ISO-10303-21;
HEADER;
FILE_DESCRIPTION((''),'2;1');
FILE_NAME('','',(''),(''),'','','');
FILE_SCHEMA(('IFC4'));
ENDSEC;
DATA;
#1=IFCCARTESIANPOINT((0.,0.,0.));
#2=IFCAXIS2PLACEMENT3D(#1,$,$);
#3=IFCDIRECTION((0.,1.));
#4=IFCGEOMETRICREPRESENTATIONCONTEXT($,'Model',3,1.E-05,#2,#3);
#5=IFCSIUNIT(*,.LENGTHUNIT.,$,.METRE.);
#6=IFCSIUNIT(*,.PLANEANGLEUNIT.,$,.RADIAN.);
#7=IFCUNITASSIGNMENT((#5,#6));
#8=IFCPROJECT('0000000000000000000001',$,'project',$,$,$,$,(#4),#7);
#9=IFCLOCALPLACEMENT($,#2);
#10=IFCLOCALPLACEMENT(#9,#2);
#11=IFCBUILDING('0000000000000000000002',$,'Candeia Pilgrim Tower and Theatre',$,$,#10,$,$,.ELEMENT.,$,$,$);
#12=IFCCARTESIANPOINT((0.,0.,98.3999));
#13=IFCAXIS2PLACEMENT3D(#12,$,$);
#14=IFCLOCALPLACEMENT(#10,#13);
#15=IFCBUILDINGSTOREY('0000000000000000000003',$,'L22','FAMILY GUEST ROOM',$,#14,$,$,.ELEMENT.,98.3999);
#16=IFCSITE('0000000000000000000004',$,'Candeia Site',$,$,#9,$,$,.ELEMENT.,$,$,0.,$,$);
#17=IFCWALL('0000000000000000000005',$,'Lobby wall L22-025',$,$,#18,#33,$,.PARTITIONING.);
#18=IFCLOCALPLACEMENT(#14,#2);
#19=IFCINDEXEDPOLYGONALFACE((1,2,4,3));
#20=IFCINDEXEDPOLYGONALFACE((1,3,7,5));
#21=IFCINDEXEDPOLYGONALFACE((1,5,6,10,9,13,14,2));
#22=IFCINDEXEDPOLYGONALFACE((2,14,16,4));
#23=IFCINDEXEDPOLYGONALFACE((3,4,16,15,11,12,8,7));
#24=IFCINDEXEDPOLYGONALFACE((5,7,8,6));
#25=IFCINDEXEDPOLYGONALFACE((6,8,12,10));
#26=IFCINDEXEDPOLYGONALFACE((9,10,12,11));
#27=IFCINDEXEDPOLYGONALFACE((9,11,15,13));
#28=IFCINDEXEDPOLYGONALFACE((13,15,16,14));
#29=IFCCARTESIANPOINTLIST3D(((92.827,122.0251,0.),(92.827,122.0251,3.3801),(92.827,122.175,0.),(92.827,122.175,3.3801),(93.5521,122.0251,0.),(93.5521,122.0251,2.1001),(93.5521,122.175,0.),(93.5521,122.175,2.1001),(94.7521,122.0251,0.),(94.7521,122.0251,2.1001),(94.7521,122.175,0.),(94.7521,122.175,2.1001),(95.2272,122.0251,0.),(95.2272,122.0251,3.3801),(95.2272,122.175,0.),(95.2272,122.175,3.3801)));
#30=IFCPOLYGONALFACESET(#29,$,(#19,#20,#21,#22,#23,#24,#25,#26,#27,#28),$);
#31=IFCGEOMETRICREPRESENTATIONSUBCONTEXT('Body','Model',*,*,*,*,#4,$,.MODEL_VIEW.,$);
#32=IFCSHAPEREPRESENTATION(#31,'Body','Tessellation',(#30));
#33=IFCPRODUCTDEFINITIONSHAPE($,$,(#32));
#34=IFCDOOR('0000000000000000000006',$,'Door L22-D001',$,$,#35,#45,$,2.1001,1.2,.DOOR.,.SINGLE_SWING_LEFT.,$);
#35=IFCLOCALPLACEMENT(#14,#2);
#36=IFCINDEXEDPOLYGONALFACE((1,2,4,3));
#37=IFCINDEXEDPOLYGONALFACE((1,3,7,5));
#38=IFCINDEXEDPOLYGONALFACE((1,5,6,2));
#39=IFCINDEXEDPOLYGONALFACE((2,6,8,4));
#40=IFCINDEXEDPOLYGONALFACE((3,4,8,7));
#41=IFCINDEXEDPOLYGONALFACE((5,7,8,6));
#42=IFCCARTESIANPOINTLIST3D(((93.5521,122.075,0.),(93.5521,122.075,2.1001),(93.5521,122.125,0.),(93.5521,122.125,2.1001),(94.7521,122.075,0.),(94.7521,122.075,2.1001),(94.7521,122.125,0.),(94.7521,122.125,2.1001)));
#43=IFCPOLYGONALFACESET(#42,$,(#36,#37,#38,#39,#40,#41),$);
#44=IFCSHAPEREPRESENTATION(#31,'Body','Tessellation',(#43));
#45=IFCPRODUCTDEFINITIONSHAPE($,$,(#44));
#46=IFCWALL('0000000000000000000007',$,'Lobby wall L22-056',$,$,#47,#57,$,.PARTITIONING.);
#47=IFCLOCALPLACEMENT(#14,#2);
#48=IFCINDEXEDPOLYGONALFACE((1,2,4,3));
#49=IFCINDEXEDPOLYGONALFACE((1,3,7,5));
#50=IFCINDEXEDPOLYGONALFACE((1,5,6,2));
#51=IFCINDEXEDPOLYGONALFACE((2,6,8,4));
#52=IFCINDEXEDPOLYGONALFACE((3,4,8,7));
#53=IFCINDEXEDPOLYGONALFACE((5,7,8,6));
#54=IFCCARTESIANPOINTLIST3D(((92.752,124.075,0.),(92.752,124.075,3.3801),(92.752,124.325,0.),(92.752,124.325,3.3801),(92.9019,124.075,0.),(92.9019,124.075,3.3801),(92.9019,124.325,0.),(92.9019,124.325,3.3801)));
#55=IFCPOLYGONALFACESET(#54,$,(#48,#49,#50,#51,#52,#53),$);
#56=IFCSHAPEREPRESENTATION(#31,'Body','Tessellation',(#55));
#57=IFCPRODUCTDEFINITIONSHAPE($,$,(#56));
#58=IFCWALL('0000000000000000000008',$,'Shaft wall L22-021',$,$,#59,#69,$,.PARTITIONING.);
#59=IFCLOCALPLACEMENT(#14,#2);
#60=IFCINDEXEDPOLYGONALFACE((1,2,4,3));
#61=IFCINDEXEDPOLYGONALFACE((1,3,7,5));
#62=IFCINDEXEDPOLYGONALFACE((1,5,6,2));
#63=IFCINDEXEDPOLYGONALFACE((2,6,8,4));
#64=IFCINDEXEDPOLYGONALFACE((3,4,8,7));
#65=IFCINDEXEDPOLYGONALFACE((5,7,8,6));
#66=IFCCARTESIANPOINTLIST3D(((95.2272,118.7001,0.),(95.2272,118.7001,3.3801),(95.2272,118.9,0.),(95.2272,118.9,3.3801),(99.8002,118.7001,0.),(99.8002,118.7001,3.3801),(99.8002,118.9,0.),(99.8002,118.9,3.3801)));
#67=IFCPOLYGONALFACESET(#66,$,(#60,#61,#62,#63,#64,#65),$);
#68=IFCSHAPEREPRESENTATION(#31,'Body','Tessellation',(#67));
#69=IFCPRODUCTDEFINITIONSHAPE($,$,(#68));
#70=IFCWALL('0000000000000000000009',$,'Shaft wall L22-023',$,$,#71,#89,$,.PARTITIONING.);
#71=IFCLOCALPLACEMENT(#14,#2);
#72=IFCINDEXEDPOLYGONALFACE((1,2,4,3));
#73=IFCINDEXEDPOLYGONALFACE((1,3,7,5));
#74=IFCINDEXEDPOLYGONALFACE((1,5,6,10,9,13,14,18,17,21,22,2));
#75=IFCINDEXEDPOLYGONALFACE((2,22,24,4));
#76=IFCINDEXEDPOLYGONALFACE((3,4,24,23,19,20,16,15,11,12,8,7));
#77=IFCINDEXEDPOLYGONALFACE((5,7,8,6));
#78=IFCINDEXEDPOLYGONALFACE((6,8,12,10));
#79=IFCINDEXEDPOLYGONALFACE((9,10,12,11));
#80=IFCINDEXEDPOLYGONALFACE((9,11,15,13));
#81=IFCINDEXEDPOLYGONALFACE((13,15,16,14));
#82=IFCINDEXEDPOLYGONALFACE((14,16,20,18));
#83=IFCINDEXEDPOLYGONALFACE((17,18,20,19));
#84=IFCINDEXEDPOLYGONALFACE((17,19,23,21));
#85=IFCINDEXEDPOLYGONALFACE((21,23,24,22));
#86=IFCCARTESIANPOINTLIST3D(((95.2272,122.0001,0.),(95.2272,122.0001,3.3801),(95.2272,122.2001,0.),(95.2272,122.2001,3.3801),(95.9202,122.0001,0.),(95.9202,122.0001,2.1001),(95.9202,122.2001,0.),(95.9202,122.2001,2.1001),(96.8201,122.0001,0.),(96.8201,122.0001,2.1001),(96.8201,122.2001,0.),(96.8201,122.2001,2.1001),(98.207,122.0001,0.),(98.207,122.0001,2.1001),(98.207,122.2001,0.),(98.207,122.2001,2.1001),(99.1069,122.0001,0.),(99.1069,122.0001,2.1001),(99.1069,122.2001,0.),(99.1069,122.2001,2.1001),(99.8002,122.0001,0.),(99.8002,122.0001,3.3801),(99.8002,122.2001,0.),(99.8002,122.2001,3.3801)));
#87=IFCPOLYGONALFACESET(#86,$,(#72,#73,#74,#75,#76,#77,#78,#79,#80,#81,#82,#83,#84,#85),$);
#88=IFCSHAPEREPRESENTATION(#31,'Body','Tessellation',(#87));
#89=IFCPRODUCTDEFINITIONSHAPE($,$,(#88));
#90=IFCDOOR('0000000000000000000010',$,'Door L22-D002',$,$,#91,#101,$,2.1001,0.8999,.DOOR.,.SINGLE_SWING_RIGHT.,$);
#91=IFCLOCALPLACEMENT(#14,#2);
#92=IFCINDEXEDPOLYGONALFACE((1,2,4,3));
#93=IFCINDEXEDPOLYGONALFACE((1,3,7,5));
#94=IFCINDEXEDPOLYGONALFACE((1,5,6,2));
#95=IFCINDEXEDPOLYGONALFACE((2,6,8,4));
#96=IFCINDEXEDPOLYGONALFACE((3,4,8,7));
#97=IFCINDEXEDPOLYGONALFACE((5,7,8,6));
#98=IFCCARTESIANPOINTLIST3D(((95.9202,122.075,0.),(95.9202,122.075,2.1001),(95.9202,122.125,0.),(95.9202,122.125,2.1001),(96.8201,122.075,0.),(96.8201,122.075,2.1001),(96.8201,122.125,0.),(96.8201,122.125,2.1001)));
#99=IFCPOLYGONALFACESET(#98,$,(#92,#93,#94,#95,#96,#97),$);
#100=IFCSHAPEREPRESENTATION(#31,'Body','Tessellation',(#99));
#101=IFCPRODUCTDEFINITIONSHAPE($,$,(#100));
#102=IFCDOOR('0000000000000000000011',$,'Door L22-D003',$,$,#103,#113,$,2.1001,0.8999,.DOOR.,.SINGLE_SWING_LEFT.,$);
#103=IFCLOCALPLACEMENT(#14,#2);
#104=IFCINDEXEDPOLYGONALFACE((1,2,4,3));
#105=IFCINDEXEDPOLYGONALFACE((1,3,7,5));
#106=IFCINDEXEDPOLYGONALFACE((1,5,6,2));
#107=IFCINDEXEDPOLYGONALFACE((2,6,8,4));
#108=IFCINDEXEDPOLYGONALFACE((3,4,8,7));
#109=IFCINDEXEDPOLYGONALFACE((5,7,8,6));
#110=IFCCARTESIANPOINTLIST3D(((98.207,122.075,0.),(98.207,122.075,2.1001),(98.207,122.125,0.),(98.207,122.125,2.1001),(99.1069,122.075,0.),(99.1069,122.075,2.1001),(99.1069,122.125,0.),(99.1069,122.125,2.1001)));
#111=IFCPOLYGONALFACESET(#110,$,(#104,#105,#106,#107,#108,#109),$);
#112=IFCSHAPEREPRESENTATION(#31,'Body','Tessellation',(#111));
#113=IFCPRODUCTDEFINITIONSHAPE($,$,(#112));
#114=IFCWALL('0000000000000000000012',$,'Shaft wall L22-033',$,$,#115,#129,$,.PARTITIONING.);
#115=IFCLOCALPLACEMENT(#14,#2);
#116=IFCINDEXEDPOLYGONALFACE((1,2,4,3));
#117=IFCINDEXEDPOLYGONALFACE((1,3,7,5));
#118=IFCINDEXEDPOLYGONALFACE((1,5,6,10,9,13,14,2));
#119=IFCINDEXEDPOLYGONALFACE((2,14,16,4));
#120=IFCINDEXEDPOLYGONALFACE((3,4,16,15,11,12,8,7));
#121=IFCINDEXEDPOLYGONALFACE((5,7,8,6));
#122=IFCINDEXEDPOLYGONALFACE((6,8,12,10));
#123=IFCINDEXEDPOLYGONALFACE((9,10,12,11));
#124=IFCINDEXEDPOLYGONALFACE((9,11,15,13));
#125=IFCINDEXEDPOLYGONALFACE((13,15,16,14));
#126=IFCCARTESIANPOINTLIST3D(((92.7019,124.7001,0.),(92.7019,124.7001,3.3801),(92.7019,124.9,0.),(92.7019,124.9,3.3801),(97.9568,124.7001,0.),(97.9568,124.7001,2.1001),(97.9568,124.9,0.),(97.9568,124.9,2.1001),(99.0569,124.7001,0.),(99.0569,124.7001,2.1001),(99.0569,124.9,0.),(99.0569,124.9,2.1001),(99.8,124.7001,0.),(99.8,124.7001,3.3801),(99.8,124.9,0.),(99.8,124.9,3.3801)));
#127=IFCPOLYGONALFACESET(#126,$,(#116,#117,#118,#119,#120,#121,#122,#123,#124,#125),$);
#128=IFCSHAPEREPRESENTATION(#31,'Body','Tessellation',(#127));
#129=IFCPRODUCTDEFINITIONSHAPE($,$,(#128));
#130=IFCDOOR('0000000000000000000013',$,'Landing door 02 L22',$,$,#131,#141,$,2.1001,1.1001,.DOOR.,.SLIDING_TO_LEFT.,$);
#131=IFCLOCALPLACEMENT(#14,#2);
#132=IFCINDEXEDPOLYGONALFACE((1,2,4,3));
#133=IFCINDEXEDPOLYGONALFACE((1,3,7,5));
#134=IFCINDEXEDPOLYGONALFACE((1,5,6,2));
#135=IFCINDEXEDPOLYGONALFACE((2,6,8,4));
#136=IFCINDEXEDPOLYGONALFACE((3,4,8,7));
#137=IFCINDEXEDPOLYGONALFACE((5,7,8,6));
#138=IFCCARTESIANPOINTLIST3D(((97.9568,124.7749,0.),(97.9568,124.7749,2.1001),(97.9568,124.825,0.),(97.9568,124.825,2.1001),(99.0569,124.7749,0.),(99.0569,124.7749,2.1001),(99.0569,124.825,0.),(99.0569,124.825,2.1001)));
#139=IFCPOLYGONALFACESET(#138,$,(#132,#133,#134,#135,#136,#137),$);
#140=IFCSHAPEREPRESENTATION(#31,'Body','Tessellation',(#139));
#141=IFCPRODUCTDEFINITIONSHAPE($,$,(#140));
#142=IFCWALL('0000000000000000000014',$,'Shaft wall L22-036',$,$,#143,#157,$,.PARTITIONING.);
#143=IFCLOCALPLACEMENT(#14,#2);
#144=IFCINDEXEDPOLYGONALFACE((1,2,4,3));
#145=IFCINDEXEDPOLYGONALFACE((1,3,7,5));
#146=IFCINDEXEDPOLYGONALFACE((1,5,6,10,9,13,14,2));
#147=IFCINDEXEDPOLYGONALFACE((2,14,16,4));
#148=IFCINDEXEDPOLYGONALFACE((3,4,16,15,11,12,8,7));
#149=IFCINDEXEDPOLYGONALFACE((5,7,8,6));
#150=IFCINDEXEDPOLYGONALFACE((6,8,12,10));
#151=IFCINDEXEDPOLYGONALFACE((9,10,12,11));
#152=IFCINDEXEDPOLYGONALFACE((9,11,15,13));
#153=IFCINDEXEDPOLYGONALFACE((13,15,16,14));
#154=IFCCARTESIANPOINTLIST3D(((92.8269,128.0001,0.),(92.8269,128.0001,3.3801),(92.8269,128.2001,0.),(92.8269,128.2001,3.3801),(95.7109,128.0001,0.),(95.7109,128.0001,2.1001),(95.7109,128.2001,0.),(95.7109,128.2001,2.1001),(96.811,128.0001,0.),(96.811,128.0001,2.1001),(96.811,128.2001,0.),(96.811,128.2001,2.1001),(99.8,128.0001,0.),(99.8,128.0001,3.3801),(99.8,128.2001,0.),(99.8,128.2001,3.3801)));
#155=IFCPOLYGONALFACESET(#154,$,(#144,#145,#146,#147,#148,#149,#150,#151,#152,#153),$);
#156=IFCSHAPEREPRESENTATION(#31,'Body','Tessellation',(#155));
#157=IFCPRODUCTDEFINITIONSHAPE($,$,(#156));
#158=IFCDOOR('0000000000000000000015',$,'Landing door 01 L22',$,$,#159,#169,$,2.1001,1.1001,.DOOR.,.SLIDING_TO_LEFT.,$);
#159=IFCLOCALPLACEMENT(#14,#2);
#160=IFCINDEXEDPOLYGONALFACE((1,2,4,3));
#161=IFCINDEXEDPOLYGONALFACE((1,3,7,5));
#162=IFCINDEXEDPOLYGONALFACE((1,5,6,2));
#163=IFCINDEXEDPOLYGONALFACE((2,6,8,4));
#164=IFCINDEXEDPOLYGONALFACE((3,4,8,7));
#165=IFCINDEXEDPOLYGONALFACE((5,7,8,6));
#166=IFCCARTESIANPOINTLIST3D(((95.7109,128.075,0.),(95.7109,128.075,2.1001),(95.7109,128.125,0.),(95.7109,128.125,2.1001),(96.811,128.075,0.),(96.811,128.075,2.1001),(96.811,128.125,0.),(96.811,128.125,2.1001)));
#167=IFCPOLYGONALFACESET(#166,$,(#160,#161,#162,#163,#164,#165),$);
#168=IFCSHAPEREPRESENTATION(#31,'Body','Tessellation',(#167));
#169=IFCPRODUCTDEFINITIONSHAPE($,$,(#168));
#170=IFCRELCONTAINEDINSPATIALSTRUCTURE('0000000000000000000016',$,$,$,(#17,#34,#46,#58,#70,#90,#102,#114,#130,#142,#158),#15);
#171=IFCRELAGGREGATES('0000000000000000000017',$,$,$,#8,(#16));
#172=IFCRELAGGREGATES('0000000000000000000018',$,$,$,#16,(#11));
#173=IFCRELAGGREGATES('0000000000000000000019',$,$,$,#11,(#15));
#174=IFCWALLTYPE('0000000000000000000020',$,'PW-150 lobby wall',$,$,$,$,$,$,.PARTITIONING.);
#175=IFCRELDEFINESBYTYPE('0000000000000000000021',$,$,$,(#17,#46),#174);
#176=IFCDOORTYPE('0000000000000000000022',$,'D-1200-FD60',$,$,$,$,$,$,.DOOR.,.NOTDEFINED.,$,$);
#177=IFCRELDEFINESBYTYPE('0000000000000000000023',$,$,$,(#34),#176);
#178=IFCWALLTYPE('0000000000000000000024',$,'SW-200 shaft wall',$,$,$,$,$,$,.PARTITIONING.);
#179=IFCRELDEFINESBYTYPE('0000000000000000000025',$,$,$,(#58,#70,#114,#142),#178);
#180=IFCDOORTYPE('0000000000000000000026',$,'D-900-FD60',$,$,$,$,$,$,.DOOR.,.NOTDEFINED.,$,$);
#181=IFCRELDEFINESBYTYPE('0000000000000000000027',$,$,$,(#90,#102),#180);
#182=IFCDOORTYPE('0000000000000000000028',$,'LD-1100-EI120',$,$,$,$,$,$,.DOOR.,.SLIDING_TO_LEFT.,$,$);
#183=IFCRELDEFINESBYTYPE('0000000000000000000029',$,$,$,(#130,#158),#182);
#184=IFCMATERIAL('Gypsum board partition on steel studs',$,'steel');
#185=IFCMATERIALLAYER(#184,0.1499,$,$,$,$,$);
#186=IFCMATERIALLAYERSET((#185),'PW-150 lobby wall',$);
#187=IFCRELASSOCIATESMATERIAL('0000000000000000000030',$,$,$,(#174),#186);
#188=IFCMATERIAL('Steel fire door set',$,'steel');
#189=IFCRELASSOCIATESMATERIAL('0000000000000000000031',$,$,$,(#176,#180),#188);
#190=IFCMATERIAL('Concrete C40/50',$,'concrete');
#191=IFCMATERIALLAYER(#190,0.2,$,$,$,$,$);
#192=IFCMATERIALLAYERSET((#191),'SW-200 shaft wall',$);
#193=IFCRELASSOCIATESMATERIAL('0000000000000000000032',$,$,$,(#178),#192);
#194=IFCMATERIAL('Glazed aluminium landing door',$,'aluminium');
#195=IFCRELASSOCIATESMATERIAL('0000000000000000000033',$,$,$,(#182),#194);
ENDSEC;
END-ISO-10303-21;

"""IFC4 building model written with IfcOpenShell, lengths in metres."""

from ifc_helpers import new_model, si_unit, direction, frame, frame_2d, origin, place, context, subcontext, project, spatial, rectangle, extrude, material, layer, layer_set, type_object, element, fill, save


model = new_model("IFC4")

# Units and contexts
model_context = context("Model", 3, precision=1e-05, world=origin(), true_north=direction((0.0, 1.0)))
body_context = subcontext(model_context, "Body", "Model", "MODEL_VIEW")
ifc_project = project(units=[si_unit("LENGTHUNIT", "METRE"), si_unit("PLANEANGLEUNIT", "RADIAN")], contexts=[model_context])

# Site, building, storey
site_placement = place(None, origin())
site = spatial("IfcSite", under=ifc_project, at=site_placement, Name="Candeia Site", CompositionType="ELEMENT", RefElevation=0.0)
building_placement = place(site_placement, origin())
building = spatial("IfcBuilding", under=site, at=building_placement, Name="Candeia Pilgrim Tower and Theatre", CompositionType="ELEMENT")
storey_placement = place(building_placement, frame((0.0, 0.0, 98.3999)))
storey = spatial("IfcBuildingStorey", under=building, at=storey_placement, Name="L22", Description="FAMILY GUEST ROOM", CompositionType="ELEMENT", Elevation=98.3999)

# Wall, opening, door
ifc_material_1 = material(Name="Gypsum board partition on steel studs", Category="steel")
ifc_layer_1 = layer(ifc_material_1, 0.1499)
ifc_layer_set_1 = layer_set([ifc_layer_1], Name="PW-150 lobby wall")
wall_type_1 = type_object("IfcWallType", Name="PW-150 lobby wall", PredefinedType="PARTITIONING", material=ifc_layer_set_1)
wall_1_placement = place(storey_placement, frame((92.8269, 122.1001, 0.0), z_axis=(0.0, 0.0, 1.0), x_axis=(1.0, 0.0, 0.0)))
wall_1 = element("IfcWall", 1, at=wall_1_placement, inside=storey, type_object=wall_type_1, Name="Lobby wall L22-025", PredefinedType="PARTITIONING", context=body_context, shape_type="SweptSolid", body=[
    extrude(rectangle(XDim=2.4001, YDim=0.1499, at=frame_2d((1.2002, 0.0))), origin(), (0.0, 0.0, 1.0), 3.3801),
])
opening_1_placement = place(wall_1_placement, frame((0.7251, 0.0, 0.0)))
opening_1 = element("IfcOpeningElement", 2, at=opening_1_placement, cuts=wall_1, PredefinedType="OPENING", context=body_context, shape_type="SweptSolid", body=[
    extrude(rectangle(XDim=1.2, YDim=2.1001, at=frame_2d((0.6001, 1.05))), frame((0.0, 0.085, 0.0), z_axis=(0.0, -1.0, 0.0), x_axis=(1.0, 0.0, 0.0)), (0.0, 0.0, 1.0), 0.1699),
])
ifc_material_2 = material(Name="Steel fire door set", Category="steel")
door_type_1 = type_object("IfcDoorType", Name="D-1200-FD60", OperationType="NOTDEFINED", PredefinedType="DOOR", material=ifc_material_2)
door_1_placement = place(opening_1_placement, origin())
door_1 = element("IfcDoor", 3, at=door_1_placement, inside=storey, type_object=door_type_1, Name="Door L22-D001", OperationType="SINGLE_SWING_LEFT", OverallHeight=2.1001, OverallWidth=1.2, PredefinedType="DOOR", context=body_context, shape_type="SweptSolid", body=[
    extrude(rectangle(XDim=1.2, YDim=2.1001, at=frame_2d((0.6001, 1.05))), frame((0.0, 0.0249, 0.0), z_axis=(0.0, -1.0, 0.0), x_axis=(1.0, 0.0, 0.0)), (0.0, 0.0, 1.0), 0.05),
])
fill(opening_1, door_1)

# Walls
wall_2_placement = place(storey_placement, frame((92.8269, 124.075, 0.0), z_axis=(0.0, 0.0, 1.0), x_axis=(0.0, 1.0, 0.0)))
element("IfcWall", 4, at=wall_2_placement, inside=storey, type_object=wall_type_1, Name="Lobby wall L22-056", PredefinedType="PARTITIONING", context=body_context, shape_type="SweptSolid", body=[
    extrude(rectangle(XDim=0.25, YDim=0.1499, at=frame_2d((0.125, 0.0))), origin(), (0.0, 0.0, 1.0), 3.3801),
])
ifc_material_3 = material(Name="Concrete C40/50", Category="concrete")
ifc_layer_2 = layer(ifc_material_3, 0.2)
ifc_layer_set_2 = layer_set([ifc_layer_2], Name="SW-200 shaft wall")
wall_type_2 = type_object("IfcWallType", Name="SW-200 shaft wall", PredefinedType="PARTITIONING", material=ifc_layer_set_2)
wall_3_placement = place(storey_placement, frame((95.2271, 118.8, 0.0), z_axis=(0.0, 0.0, 1.0), x_axis=(1.0, 0.0, 0.0)))
element("IfcWall", 5, at=wall_3_placement, inside=storey, type_object=wall_type_2, Name="Shaft wall L22-021", PredefinedType="PARTITIONING", context=body_context, shape_type="SweptSolid", body=[
    extrude(rectangle(XDim=4.573, YDim=0.2, at=frame_2d((2.2866, 0.0))), origin(), (0.0, 0.0, 1.0), 3.3801),
])

# Wall, openings, doors
wall_4_placement = place(storey_placement, frame((95.2271, 122.1001, 0.0), z_axis=(0.0, 0.0, 1.0), x_axis=(1.0, 0.0, 0.0)))
wall_4 = element("IfcWall", 6, at=wall_4_placement, inside=storey, type_object=wall_type_2, Name="Shaft wall L22-023", PredefinedType="PARTITIONING", context=body_context, shape_type="SweptSolid", body=[
    extrude(rectangle(XDim=4.573, YDim=0.2, at=frame_2d((2.2866, 0.0))), origin(), (0.0, 0.0, 1.0), 3.3801),
])
opening_2_placement = place(wall_4_placement, frame((0.6931, 0.0, 0.0)))
opening_2 = element("IfcOpeningElement", 7, at=opening_2_placement, cuts=wall_4, PredefinedType="OPENING", context=body_context, shape_type="SweptSolid", body=[
    extrude(rectangle(XDim=0.8999, YDim=2.1001, at=frame_2d((0.45, 1.05))), frame((0.0, 0.1099, 0.0), z_axis=(0.0, -1.0, 0.0), x_axis=(1.0, 0.0, 0.0)), (0.0, 0.0, 1.0), 0.22),
])
opening_3_placement = place(wall_4_placement, frame((2.98, 0.0, 0.0)))
opening_3 = element("IfcOpeningElement", 8, at=opening_3_placement, cuts=wall_4, PredefinedType="OPENING", context=body_context, shape_type="SweptSolid", body=[
    extrude(rectangle(XDim=0.8999, YDim=2.1001, at=frame_2d((0.45, 1.05))), frame((0.0, 0.1099, 0.0), z_axis=(0.0, -1.0, 0.0), x_axis=(1.0, 0.0, 0.0)), (0.0, 0.0, 1.0), 0.22),
])
door_type_2 = type_object("IfcDoorType", Name="D-900-FD60", OperationType="NOTDEFINED", PredefinedType="DOOR", material=ifc_material_2)
door_2_placement = place(opening_2_placement, origin())
door_2 = element("IfcDoor", 9, at=door_2_placement, inside=storey, type_object=door_type_2, Name="Door L22-D002", OperationType="SINGLE_SWING_RIGHT", OverallHeight=2.1001, OverallWidth=0.8999, PredefinedType="DOOR", context=body_context, shape_type="SweptSolid", body=[
    extrude(rectangle(XDim=0.8999, YDim=2.1001, at=frame_2d((0.45, 1.05))), frame((0.0, 0.0249, 0.0), z_axis=(0.0, -1.0, 0.0), x_axis=(1.0, 0.0, 0.0)), (0.0, 0.0, 1.0), 0.05),
])
fill(opening_2, door_2)
door_3_placement = place(opening_3_placement, origin())
door_3 = element("IfcDoor", 10, at=door_3_placement, inside=storey, type_object=door_type_2, Name="Door L22-D003", OperationType="SINGLE_SWING_LEFT", OverallHeight=2.1001, OverallWidth=0.8999, PredefinedType="DOOR", context=body_context, shape_type="SweptSolid", body=[
    extrude(rectangle(XDim=0.8999, YDim=2.1001, at=frame_2d((0.45, 1.05))), frame((0.0, 0.0249, 0.0), z_axis=(0.0, -1.0, 0.0), x_axis=(1.0, 0.0, 0.0)), (0.0, 0.0, 1.0), 0.05),
])
fill(opening_3, door_3)

# Walls, openings, doors
wall_5_placement = place(storey_placement, frame((92.7019, 124.8, 0.0), z_axis=(0.0, 0.0, 1.0), x_axis=(1.0, 0.0, 0.0)))
wall_5 = element("IfcWall", 11, at=wall_5_placement, inside=storey, type_object=wall_type_2, Name="Shaft wall L22-033", PredefinedType="PARTITIONING", context=body_context, shape_type="SweptSolid", body=[
    extrude(rectangle(XDim=7.0981, YDim=0.2, at=frame_2d((3.5491, 0.0))), origin(), (0.0, 0.0, 1.0), 3.3801),
])
opening_4_placement = place(wall_5_placement, frame((5.2549, 0.0, 0.0)))
opening_4 = element("IfcOpeningElement", 12, at=opening_4_placement, cuts=wall_5, PredefinedType="OPENING", context=body_context, shape_type="SweptSolid", body=[
    extrude(rectangle(XDim=1.1001, YDim=2.1001, at=frame_2d((0.55, 1.05))), frame((0.0, 0.1099, 0.0), z_axis=(0.0, -1.0, 0.0), x_axis=(1.0, 0.0, 0.0)), (0.0, 0.0, 1.0), 0.22),
])
ifc_material_4 = material(Name="Glazed aluminium landing door", Category="aluminium")
door_type_3 = type_object("IfcDoorType", Name="LD-1100-EI120", OperationType="SLIDING_TO_LEFT", PredefinedType="DOOR", material=ifc_material_4)
door_4_placement = place(opening_4_placement, origin())
door_4 = element("IfcDoor", 13, at=door_4_placement, inside=storey, type_object=door_type_3, Name="Landing door 02 L22", OperationType="SLIDING_TO_LEFT", OverallHeight=2.1001, OverallWidth=1.1001, PredefinedType="DOOR", context=body_context, shape_type="SweptSolid", body=[
    extrude(rectangle(XDim=1.1001, YDim=2.1001, at=frame_2d((0.55, 1.05))), frame((0.0, 0.0249, 0.0), z_axis=(0.0, -1.0, 0.0), x_axis=(1.0, 0.0, 0.0)), (0.0, 0.0, 1.0), 0.05),
])
fill(opening_4, door_4)
wall_6_placement = place(storey_placement, frame((92.8269, 128.1001, 0.0), z_axis=(0.0, 0.0, 1.0), x_axis=(1.0, 0.0, 0.0)))
wall_6 = element("IfcWall", 14, at=wall_6_placement, inside=storey, type_object=wall_type_2, Name="Shaft wall L22-036", PredefinedType="PARTITIONING", context=body_context, shape_type="SweptSolid", body=[
    extrude(rectangle(XDim=6.9731, YDim=0.2, at=frame_2d((3.4866, 0.0))), origin(), (0.0, 0.0, 1.0), 3.3801),
])
opening_5_placement = place(wall_6_placement, frame((2.884, 0.0, 0.0)))
opening_5 = element("IfcOpeningElement", 15, at=opening_5_placement, cuts=wall_6, PredefinedType="OPENING", context=body_context, shape_type="SweptSolid", body=[
    extrude(rectangle(XDim=1.1001, YDim=2.1001, at=frame_2d((0.55, 1.05))), frame((0.0, 0.1099, 0.0), z_axis=(0.0, -1.0, 0.0), x_axis=(1.0, 0.0, 0.0)), (0.0, 0.0, 1.0), 0.22),
])
door_5_placement = place(opening_5_placement, origin())
door_5 = element("IfcDoor", 16, at=door_5_placement, inside=storey, type_object=door_type_3, Name="Landing door 01 L22", OperationType="SLIDING_TO_LEFT", OverallHeight=2.1001, OverallWidth=1.1001, PredefinedType="DOOR", context=body_context, shape_type="SweptSolid", body=[
    extrude(rectangle(XDim=1.1001, YDim=2.1001, at=frame_2d((0.55, 1.05))), frame((0.0, 0.0249, 0.0), z_axis=(0.0, -1.0, 0.0), x_axis=(1.0, 0.0, 0.0)), (0.0, 0.0, 1.0), 0.05),
])
fill(opening_5, door_5)

save(model, "model.ifc")
